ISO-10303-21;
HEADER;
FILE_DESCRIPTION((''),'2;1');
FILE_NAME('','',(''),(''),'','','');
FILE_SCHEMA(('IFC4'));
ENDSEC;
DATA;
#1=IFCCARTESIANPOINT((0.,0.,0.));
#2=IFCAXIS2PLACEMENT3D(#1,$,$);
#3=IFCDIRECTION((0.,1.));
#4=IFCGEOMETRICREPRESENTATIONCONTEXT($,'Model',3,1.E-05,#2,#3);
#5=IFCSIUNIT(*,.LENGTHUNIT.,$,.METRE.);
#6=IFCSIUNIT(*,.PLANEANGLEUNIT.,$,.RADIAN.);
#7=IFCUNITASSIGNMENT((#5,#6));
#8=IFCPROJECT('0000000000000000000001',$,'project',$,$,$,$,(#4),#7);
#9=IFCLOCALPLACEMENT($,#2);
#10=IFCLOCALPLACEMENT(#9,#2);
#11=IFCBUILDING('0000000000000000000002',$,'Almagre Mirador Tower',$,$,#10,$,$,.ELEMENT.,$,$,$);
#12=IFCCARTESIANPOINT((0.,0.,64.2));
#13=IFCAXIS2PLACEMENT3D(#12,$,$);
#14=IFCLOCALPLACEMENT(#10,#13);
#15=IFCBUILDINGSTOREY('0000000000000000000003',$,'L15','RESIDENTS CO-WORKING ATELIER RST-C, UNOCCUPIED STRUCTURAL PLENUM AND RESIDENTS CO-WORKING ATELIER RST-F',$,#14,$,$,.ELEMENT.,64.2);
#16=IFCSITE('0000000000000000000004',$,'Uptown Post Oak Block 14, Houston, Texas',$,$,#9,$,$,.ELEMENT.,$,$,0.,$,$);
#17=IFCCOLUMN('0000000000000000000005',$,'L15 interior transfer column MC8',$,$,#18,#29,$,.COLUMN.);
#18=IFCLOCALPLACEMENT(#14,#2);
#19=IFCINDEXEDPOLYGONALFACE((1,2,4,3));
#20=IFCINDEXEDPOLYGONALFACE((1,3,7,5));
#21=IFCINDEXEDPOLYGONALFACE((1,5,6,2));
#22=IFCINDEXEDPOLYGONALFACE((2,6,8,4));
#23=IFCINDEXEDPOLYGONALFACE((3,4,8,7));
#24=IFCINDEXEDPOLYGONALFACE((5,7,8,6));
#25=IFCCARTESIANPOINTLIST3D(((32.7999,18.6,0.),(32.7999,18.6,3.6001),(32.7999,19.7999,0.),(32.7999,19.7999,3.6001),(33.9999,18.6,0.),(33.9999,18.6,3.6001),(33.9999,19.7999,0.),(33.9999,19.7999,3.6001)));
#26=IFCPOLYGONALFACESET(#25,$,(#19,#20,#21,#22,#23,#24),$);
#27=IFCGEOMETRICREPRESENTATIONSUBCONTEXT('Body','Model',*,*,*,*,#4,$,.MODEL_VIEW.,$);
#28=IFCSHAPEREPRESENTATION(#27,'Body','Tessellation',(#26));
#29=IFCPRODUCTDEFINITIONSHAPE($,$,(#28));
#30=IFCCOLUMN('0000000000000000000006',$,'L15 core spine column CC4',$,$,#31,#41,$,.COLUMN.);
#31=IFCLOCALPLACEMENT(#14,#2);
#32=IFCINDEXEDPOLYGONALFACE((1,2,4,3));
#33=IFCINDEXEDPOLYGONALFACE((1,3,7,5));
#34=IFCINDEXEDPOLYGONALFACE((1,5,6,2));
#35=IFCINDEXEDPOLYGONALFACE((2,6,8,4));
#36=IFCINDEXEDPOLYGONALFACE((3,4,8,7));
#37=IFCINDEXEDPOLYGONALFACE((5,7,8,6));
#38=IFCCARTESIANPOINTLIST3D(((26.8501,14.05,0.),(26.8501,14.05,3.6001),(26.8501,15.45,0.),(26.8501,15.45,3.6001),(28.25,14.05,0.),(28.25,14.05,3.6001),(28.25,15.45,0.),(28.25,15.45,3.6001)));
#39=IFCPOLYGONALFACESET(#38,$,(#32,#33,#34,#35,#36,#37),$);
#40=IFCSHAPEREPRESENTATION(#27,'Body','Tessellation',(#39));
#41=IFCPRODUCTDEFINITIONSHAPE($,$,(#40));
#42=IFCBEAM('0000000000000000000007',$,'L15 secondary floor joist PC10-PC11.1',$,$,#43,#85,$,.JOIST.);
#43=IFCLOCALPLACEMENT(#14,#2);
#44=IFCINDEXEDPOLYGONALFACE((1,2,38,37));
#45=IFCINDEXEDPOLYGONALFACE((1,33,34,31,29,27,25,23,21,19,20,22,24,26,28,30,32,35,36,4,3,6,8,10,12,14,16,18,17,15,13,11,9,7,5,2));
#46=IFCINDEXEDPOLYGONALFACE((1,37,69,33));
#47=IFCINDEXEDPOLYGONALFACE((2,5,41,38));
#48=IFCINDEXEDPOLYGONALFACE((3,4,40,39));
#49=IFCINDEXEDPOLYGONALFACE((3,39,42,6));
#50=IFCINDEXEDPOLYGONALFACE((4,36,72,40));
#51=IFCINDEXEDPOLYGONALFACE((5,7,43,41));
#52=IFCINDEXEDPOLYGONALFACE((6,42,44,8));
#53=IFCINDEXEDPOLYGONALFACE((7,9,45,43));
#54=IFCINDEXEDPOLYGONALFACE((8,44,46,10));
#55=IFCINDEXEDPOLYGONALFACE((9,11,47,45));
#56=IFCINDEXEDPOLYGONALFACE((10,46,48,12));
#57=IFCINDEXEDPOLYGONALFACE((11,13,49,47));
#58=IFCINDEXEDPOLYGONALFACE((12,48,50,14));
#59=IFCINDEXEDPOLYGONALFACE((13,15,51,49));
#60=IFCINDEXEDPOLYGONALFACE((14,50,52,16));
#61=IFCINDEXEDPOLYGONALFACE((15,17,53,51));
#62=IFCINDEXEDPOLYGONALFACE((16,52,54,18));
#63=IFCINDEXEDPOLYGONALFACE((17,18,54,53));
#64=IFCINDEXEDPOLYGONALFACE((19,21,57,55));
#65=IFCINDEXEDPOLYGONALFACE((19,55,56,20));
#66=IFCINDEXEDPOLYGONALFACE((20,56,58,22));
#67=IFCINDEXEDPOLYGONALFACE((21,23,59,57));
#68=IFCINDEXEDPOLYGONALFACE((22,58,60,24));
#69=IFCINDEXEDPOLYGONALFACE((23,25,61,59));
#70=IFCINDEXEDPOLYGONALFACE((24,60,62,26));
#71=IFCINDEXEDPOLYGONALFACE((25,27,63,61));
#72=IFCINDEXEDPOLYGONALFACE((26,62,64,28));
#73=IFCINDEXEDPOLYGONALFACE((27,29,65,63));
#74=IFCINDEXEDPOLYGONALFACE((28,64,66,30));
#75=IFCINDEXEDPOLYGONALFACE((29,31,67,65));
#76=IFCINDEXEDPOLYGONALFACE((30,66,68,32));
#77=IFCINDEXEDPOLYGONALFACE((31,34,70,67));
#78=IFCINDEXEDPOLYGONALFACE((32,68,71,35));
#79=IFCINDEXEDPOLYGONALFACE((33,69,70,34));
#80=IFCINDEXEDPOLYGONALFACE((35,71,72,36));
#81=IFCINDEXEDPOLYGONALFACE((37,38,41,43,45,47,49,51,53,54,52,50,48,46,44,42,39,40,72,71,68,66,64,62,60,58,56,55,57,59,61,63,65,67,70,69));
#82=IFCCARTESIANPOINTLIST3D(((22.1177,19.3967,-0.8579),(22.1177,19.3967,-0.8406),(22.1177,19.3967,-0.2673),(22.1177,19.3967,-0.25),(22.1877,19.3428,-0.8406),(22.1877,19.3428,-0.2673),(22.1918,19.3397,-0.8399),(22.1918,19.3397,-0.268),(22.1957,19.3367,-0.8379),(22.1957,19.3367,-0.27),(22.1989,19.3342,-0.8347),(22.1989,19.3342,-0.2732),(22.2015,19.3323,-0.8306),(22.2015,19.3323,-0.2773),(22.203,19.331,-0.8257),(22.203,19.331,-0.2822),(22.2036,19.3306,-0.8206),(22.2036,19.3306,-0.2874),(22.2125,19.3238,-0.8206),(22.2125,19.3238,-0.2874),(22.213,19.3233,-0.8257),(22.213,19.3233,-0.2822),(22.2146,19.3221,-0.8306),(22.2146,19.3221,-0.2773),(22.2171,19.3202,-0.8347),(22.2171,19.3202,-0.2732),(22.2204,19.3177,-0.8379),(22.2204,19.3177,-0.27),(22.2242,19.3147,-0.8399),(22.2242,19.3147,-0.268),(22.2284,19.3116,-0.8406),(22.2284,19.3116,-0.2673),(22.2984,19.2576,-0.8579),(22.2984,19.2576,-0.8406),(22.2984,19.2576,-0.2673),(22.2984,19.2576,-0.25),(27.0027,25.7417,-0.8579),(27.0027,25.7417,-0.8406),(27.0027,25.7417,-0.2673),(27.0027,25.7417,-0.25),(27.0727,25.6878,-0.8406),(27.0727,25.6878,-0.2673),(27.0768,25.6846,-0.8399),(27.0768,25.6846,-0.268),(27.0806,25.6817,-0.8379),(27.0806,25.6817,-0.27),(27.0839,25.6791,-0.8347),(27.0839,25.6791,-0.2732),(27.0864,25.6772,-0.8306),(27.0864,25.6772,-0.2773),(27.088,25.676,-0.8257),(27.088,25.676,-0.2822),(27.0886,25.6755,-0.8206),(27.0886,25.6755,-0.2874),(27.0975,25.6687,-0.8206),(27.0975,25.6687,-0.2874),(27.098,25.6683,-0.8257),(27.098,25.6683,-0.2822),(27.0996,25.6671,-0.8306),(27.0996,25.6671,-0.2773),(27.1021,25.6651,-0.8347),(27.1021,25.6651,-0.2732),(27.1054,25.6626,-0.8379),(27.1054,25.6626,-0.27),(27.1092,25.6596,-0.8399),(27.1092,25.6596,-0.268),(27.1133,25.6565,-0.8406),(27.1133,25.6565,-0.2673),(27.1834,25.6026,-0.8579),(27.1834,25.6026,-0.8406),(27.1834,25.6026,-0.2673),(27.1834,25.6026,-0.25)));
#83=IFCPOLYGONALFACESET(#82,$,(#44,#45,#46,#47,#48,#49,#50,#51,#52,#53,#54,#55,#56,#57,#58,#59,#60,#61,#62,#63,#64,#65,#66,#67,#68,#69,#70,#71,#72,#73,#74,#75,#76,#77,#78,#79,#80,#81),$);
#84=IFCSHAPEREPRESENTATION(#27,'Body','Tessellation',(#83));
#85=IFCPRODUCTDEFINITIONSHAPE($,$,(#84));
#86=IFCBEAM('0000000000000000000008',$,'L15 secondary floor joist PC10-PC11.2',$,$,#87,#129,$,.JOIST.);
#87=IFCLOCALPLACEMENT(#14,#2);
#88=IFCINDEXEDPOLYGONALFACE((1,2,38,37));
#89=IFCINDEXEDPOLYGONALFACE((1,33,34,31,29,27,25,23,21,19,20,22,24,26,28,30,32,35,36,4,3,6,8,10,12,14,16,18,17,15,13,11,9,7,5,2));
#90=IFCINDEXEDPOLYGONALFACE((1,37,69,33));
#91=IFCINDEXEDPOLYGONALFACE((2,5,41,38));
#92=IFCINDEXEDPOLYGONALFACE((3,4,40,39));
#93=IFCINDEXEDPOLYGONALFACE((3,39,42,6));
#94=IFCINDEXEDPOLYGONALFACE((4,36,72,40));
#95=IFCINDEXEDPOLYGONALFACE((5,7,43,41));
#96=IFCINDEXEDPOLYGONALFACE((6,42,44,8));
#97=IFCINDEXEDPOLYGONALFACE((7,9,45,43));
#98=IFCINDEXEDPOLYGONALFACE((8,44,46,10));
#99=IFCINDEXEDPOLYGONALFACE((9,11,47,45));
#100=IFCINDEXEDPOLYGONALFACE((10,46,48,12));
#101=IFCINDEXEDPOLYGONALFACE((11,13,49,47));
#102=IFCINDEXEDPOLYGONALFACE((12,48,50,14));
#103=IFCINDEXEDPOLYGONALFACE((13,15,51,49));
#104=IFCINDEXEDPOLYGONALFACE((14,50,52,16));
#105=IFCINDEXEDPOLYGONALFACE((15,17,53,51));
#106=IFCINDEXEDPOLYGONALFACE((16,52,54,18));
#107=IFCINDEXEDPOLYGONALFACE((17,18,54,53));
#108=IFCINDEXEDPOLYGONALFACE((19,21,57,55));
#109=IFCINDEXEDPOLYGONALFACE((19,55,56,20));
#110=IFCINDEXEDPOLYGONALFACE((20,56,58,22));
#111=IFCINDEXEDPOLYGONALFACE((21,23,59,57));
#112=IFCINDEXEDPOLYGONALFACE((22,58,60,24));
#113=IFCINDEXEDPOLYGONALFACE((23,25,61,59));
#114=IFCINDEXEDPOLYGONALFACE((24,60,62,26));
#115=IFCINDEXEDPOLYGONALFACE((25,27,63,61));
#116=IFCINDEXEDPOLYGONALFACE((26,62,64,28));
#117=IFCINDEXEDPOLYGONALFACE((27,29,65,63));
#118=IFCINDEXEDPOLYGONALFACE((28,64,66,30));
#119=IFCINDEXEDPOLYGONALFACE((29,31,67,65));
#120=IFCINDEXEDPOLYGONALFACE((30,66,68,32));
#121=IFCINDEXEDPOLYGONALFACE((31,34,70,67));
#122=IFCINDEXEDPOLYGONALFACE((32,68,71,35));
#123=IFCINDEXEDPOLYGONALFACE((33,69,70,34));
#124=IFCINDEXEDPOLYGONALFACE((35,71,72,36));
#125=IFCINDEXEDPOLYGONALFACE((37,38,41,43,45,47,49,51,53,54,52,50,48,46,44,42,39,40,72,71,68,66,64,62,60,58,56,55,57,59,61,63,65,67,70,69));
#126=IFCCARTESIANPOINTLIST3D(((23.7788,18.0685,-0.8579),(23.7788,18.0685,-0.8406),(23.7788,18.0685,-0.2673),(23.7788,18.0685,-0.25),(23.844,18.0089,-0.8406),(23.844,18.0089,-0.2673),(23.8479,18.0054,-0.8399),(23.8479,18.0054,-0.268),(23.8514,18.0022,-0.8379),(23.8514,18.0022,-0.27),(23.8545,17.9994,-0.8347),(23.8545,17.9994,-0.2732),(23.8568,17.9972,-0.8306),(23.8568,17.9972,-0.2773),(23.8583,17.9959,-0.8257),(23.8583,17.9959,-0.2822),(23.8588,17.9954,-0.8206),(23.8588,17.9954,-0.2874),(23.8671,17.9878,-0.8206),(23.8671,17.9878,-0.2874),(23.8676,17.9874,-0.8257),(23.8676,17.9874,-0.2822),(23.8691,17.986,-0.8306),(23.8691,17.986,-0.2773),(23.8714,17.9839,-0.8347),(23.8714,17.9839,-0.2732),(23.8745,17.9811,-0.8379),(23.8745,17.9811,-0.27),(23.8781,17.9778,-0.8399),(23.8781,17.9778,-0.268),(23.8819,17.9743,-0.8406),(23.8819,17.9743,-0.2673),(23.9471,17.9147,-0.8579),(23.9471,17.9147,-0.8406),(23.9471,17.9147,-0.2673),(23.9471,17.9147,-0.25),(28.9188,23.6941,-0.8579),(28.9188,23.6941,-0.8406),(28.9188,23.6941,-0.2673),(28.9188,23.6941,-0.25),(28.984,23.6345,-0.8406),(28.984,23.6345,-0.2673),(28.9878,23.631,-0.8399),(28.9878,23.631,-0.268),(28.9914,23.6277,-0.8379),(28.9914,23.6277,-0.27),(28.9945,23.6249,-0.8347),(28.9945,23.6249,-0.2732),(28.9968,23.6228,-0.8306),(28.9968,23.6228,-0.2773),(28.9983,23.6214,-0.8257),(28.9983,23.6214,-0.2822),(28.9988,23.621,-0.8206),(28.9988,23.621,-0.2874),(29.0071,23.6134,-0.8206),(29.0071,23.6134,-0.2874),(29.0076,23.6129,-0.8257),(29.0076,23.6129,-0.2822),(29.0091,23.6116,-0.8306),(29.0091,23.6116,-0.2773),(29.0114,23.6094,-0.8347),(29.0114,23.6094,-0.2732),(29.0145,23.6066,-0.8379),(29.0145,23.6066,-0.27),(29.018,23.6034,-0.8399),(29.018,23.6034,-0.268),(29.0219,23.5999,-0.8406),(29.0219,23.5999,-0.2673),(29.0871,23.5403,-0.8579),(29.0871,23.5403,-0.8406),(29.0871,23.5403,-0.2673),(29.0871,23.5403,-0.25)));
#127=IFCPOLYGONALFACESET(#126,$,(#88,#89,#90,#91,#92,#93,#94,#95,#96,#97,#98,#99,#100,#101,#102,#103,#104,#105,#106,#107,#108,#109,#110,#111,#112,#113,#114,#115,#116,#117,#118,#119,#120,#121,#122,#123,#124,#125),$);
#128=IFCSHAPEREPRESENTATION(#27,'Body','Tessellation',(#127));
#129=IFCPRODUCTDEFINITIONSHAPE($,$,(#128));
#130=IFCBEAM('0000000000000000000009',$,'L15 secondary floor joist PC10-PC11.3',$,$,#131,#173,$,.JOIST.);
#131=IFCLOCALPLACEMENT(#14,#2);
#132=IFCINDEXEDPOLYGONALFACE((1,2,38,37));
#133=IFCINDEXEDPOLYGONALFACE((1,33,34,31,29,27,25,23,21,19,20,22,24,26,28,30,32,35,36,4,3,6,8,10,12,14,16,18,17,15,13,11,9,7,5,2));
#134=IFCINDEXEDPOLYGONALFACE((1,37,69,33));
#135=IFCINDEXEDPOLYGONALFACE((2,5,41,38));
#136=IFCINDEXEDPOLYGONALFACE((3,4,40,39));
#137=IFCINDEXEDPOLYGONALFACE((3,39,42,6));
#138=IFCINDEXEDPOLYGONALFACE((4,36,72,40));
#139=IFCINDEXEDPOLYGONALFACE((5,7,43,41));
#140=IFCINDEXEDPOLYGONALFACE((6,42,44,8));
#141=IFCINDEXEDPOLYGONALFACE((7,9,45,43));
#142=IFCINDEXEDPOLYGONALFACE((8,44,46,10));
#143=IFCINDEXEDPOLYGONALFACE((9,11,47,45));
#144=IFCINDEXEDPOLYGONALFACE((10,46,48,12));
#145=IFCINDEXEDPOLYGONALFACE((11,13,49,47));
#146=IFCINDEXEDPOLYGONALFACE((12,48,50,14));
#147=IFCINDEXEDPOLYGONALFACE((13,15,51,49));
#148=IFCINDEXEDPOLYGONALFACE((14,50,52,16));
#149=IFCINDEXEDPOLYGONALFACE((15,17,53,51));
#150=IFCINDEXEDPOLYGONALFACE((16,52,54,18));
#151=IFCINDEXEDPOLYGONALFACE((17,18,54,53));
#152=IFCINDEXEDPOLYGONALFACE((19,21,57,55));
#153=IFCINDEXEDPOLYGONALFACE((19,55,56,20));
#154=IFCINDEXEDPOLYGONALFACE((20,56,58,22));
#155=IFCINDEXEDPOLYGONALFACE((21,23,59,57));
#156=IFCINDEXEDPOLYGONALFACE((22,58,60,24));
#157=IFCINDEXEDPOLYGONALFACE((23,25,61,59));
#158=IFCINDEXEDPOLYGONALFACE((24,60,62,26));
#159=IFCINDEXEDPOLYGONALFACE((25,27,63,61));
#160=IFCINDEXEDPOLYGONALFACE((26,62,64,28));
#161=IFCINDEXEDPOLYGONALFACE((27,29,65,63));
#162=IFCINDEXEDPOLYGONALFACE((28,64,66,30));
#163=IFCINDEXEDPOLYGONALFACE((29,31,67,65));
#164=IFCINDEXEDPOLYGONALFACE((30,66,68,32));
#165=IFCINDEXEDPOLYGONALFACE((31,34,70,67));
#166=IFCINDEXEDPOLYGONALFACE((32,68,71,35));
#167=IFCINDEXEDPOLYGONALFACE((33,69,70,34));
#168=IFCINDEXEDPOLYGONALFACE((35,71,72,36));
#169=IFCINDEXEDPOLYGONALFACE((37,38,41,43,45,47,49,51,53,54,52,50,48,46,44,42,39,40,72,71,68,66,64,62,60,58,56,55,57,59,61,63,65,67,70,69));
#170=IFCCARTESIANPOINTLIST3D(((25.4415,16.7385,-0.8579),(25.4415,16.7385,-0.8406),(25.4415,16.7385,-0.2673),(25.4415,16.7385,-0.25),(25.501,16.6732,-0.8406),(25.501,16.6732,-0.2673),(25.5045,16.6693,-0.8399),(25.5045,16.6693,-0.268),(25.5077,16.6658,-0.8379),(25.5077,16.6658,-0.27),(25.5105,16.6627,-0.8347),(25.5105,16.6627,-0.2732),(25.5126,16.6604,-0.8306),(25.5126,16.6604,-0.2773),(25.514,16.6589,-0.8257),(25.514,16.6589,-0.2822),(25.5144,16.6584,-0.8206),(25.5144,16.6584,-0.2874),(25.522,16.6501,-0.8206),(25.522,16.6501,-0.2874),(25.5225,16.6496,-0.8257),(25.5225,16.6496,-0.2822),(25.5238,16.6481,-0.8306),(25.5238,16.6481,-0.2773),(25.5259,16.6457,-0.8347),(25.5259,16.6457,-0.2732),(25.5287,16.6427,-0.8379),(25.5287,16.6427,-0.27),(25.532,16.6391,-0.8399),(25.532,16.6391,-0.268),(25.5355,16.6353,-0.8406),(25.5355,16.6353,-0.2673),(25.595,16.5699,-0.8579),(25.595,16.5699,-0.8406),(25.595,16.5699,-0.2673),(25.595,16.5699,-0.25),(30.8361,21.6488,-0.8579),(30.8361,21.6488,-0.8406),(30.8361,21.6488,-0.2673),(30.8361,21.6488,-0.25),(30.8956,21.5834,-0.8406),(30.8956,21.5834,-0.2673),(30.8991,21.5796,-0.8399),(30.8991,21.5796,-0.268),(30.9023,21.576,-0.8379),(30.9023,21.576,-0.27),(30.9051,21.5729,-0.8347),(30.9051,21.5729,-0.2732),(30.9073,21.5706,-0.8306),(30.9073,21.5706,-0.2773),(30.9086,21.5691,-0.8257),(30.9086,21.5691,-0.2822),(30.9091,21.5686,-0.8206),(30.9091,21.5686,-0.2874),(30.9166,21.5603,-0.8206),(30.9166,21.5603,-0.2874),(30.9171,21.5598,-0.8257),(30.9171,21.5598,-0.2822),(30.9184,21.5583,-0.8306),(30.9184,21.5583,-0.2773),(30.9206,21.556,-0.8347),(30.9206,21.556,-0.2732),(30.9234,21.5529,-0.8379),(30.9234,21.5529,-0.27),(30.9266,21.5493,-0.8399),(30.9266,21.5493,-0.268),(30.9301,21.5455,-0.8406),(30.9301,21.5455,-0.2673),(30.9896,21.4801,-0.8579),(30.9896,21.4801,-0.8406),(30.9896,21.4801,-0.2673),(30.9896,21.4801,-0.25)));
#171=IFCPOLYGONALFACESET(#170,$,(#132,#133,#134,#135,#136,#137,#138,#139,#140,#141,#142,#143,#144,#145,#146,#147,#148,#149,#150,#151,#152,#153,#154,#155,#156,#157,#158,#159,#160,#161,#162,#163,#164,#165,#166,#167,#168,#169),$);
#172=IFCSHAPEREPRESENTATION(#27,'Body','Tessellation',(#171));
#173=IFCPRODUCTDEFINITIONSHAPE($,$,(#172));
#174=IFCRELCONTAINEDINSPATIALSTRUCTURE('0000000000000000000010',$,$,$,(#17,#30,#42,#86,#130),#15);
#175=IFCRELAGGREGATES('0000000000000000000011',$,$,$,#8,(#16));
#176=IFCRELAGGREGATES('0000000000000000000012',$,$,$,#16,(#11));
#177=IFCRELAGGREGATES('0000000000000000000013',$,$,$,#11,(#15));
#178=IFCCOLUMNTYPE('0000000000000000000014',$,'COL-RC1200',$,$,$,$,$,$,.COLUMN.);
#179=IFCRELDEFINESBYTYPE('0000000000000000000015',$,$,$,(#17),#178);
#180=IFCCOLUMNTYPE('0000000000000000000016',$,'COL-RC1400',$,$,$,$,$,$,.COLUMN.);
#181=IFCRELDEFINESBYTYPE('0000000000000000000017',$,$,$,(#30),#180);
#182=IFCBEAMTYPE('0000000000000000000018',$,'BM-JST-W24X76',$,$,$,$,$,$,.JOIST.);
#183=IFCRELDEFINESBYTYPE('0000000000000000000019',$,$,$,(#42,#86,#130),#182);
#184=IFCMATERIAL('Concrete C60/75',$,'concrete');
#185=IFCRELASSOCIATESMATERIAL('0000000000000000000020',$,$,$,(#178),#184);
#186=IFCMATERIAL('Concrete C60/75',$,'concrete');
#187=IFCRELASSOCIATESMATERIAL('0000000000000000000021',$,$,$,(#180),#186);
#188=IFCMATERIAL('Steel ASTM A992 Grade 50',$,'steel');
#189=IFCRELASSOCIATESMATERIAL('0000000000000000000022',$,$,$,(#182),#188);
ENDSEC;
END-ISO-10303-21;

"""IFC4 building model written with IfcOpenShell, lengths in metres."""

from ifc_helpers import new_model, si_unit, direction, frame, origin, origin_2d, place, context, subcontext, project, spatial, rectangle, i_section, extrude, material, material_profile, profile_set, type_object, element, save


model = new_model("IFC4")

# Units and contexts
model_context = context("Model", 3, precision=1e-05, world=origin(), true_north=direction((0.0, 1.0)))
body_context = subcontext(model_context, "Body", "Model", "MODEL_VIEW")
ifc_project = project(units=[si_unit("LENGTHUNIT", "METRE"), si_unit("PLANEANGLEUNIT", "RADIAN")], contexts=[model_context])

# Site, building, storey
site_placement = place(None, origin())
site = spatial("IfcSite", under=ifc_project, at=site_placement, Name="Uptown Post Oak Block 14, Houston, Texas", CompositionType="ELEMENT", RefElevation=0.0)
building_placement = place(site_placement, origin())
building = spatial("IfcBuilding", under=site, at=building_placement, Name="Almagre Mirador Tower", CompositionType="ELEMENT")
storey_placement = place(building_placement, frame((0.0, 0.0, 64.2)))
storey = spatial("IfcBuildingStorey", under=building, at=storey_placement, Name="L15", Description="RESIDENTS CO-WORKING ATELIER RST-C, UNOCCUPIED STRUCTURAL PLENUM AND RESIDENTS CO-WORKING ATELIER RST-F", CompositionType="ELEMENT", Elevation=64.2)

# Columns
ifc_material_1 = material(Name="Concrete C60/75", Category="concrete")
ifc_material_profile_1 = material_profile(ifc_material_1, rectangle(XDim=1.2, YDim=1.2, at=origin_2d()), Name="RC1200X1200")
ifc_profile_set_1 = profile_set([ifc_material_profile_1], Name="Concrete C60/75")
column_type_1 = type_object("IfcColumnType", Name="COL-RC1200", PredefinedType="COLUMN", material=ifc_profile_set_1)
column_1_placement = place(storey_placement, frame((33.3999, 19.2, 0.0), z_axis=(0.0, 0.0, 1.0), x_axis=(1.0, 0.0, 0.0)))
element("IfcColumn", 1, at=column_1_placement, inside=storey, type_object=column_type_1, Name="L15 interior transfer column MC8", PredefinedType="COLUMN", context=body_context, shape_type="SweptSolid", body=[
    extrude(rectangle(XDim=1.2, YDim=1.2, at=origin_2d()), origin(), (0.0, 0.0, 1.0), 3.6001),
])
ifc_material_2 = material(Name="Concrete C60/75", Category="concrete")
ifc_material_profile_2 = material_profile(ifc_material_2, rectangle(XDim=1.3999, YDim=1.3999, at=origin_2d()), Name="RC1400X1400")
ifc_profile_set_2 = profile_set([ifc_material_profile_2], Name="Concrete C60/75")
column_type_2 = type_object("IfcColumnType", Name="COL-RC1400", PredefinedType="COLUMN", material=ifc_profile_set_2)
column_2_placement = place(storey_placement, frame((27.55, 14.75, 0.0), z_axis=(0.0, 0.0, 1.0), x_axis=(1.0, 0.0, 0.0)))
element("IfcColumn", 2, at=column_2_placement, inside=storey, type_object=column_type_2, Name="L15 core spine column CC4", PredefinedType="COLUMN", context=body_context, shape_type="SweptSolid", body=[
    extrude(rectangle(XDim=1.3999, YDim=1.3999, at=origin_2d()), origin(), (0.0, 0.0, 1.0), 3.6001),
])

# Beams
ifc_material_3 = material(Name="Steel ASTM A992 Grade 50", Category="steel")
ifc_material_profile_3 = material_profile(ifc_material_3, i_section(OverallWidth=0.228, OverallDepth=0.6079, WebThickness=0.0112, FlangeThickness=0.0173, FilletRadius=0.02, at=origin_2d()), Name="W24X76")
ifc_profile_set_3 = profile_set([ifc_material_profile_3], Name="Steel ASTM A992 Grade 50")
beam_type_1 = type_object("IfcBeamType", Name="BM-JST-W24X76", PredefinedType="JOIST", material=ifc_profile_set_3)
beam_1_placement = place(storey_placement, frame((27.093, 25.6721, -0.554), z_axis=(-0.610045, -0.792367, 0.0), x_axis=(0.792367, -0.610045, 0.0)))
element("IfcBeam", 3, at=beam_1_placement, inside=storey, type_object=beam_type_1, Name="L15 secondary floor joist PC10-PC11.1", PredefinedType="JOIST", context=body_context, shape_type="SweptSolid", body=[
    extrude(i_section(OverallWidth=0.228, OverallDepth=0.6079, WebThickness=0.0112, FlangeThickness=0.0173, FilletRadius=0.02, at=origin_2d()), origin(), (0.0, 0.0, 1.0), 8.0076),
])
beam_2_placement = place(storey_placement, frame((29.0029, 23.6172, -0.554), z_axis=(-0.674525, -0.738252, 0.0), x_axis=(0.738252, -0.674525, 0.0)))
element("IfcBeam", 4, at=beam_2_placement, inside=storey, type_object=beam_type_1, Name="L15 secondary floor joist PC10-PC11.2", PredefinedType="JOIST", context=body_context, shape_type="SweptSolid", body=[
    extrude(i_section(OverallWidth=0.228, OverallDepth=0.6079, WebThickness=0.0112, FlangeThickness=0.0173, FilletRadius=0.02, at=origin_2d()), origin(), (0.0, 0.0, 1.0), 7.6201),
])
beam_3_placement = place(storey_placement, frame((30.9128, 21.5645, -0.554), z_axis=(-0.739528, -0.673126, 0.0), x_axis=(0.673126, -0.739528, 0.0)))
element("IfcBeam", 5, at=beam_3_placement, inside=storey, type_object=beam_type_1, Name="L15 secondary floor joist PC10-PC11.3", PredefinedType="JOIST", context=body_context, shape_type="SweptSolid", body=[
    extrude(i_section(OverallWidth=0.228, OverallDepth=0.6079, WebThickness=0.0112, FlangeThickness=0.0173, FilletRadius=0.02, at=origin_2d()), origin(), (0.0, 0.0, 1.0), 7.2947),
])

save(model, "model.ifc")
